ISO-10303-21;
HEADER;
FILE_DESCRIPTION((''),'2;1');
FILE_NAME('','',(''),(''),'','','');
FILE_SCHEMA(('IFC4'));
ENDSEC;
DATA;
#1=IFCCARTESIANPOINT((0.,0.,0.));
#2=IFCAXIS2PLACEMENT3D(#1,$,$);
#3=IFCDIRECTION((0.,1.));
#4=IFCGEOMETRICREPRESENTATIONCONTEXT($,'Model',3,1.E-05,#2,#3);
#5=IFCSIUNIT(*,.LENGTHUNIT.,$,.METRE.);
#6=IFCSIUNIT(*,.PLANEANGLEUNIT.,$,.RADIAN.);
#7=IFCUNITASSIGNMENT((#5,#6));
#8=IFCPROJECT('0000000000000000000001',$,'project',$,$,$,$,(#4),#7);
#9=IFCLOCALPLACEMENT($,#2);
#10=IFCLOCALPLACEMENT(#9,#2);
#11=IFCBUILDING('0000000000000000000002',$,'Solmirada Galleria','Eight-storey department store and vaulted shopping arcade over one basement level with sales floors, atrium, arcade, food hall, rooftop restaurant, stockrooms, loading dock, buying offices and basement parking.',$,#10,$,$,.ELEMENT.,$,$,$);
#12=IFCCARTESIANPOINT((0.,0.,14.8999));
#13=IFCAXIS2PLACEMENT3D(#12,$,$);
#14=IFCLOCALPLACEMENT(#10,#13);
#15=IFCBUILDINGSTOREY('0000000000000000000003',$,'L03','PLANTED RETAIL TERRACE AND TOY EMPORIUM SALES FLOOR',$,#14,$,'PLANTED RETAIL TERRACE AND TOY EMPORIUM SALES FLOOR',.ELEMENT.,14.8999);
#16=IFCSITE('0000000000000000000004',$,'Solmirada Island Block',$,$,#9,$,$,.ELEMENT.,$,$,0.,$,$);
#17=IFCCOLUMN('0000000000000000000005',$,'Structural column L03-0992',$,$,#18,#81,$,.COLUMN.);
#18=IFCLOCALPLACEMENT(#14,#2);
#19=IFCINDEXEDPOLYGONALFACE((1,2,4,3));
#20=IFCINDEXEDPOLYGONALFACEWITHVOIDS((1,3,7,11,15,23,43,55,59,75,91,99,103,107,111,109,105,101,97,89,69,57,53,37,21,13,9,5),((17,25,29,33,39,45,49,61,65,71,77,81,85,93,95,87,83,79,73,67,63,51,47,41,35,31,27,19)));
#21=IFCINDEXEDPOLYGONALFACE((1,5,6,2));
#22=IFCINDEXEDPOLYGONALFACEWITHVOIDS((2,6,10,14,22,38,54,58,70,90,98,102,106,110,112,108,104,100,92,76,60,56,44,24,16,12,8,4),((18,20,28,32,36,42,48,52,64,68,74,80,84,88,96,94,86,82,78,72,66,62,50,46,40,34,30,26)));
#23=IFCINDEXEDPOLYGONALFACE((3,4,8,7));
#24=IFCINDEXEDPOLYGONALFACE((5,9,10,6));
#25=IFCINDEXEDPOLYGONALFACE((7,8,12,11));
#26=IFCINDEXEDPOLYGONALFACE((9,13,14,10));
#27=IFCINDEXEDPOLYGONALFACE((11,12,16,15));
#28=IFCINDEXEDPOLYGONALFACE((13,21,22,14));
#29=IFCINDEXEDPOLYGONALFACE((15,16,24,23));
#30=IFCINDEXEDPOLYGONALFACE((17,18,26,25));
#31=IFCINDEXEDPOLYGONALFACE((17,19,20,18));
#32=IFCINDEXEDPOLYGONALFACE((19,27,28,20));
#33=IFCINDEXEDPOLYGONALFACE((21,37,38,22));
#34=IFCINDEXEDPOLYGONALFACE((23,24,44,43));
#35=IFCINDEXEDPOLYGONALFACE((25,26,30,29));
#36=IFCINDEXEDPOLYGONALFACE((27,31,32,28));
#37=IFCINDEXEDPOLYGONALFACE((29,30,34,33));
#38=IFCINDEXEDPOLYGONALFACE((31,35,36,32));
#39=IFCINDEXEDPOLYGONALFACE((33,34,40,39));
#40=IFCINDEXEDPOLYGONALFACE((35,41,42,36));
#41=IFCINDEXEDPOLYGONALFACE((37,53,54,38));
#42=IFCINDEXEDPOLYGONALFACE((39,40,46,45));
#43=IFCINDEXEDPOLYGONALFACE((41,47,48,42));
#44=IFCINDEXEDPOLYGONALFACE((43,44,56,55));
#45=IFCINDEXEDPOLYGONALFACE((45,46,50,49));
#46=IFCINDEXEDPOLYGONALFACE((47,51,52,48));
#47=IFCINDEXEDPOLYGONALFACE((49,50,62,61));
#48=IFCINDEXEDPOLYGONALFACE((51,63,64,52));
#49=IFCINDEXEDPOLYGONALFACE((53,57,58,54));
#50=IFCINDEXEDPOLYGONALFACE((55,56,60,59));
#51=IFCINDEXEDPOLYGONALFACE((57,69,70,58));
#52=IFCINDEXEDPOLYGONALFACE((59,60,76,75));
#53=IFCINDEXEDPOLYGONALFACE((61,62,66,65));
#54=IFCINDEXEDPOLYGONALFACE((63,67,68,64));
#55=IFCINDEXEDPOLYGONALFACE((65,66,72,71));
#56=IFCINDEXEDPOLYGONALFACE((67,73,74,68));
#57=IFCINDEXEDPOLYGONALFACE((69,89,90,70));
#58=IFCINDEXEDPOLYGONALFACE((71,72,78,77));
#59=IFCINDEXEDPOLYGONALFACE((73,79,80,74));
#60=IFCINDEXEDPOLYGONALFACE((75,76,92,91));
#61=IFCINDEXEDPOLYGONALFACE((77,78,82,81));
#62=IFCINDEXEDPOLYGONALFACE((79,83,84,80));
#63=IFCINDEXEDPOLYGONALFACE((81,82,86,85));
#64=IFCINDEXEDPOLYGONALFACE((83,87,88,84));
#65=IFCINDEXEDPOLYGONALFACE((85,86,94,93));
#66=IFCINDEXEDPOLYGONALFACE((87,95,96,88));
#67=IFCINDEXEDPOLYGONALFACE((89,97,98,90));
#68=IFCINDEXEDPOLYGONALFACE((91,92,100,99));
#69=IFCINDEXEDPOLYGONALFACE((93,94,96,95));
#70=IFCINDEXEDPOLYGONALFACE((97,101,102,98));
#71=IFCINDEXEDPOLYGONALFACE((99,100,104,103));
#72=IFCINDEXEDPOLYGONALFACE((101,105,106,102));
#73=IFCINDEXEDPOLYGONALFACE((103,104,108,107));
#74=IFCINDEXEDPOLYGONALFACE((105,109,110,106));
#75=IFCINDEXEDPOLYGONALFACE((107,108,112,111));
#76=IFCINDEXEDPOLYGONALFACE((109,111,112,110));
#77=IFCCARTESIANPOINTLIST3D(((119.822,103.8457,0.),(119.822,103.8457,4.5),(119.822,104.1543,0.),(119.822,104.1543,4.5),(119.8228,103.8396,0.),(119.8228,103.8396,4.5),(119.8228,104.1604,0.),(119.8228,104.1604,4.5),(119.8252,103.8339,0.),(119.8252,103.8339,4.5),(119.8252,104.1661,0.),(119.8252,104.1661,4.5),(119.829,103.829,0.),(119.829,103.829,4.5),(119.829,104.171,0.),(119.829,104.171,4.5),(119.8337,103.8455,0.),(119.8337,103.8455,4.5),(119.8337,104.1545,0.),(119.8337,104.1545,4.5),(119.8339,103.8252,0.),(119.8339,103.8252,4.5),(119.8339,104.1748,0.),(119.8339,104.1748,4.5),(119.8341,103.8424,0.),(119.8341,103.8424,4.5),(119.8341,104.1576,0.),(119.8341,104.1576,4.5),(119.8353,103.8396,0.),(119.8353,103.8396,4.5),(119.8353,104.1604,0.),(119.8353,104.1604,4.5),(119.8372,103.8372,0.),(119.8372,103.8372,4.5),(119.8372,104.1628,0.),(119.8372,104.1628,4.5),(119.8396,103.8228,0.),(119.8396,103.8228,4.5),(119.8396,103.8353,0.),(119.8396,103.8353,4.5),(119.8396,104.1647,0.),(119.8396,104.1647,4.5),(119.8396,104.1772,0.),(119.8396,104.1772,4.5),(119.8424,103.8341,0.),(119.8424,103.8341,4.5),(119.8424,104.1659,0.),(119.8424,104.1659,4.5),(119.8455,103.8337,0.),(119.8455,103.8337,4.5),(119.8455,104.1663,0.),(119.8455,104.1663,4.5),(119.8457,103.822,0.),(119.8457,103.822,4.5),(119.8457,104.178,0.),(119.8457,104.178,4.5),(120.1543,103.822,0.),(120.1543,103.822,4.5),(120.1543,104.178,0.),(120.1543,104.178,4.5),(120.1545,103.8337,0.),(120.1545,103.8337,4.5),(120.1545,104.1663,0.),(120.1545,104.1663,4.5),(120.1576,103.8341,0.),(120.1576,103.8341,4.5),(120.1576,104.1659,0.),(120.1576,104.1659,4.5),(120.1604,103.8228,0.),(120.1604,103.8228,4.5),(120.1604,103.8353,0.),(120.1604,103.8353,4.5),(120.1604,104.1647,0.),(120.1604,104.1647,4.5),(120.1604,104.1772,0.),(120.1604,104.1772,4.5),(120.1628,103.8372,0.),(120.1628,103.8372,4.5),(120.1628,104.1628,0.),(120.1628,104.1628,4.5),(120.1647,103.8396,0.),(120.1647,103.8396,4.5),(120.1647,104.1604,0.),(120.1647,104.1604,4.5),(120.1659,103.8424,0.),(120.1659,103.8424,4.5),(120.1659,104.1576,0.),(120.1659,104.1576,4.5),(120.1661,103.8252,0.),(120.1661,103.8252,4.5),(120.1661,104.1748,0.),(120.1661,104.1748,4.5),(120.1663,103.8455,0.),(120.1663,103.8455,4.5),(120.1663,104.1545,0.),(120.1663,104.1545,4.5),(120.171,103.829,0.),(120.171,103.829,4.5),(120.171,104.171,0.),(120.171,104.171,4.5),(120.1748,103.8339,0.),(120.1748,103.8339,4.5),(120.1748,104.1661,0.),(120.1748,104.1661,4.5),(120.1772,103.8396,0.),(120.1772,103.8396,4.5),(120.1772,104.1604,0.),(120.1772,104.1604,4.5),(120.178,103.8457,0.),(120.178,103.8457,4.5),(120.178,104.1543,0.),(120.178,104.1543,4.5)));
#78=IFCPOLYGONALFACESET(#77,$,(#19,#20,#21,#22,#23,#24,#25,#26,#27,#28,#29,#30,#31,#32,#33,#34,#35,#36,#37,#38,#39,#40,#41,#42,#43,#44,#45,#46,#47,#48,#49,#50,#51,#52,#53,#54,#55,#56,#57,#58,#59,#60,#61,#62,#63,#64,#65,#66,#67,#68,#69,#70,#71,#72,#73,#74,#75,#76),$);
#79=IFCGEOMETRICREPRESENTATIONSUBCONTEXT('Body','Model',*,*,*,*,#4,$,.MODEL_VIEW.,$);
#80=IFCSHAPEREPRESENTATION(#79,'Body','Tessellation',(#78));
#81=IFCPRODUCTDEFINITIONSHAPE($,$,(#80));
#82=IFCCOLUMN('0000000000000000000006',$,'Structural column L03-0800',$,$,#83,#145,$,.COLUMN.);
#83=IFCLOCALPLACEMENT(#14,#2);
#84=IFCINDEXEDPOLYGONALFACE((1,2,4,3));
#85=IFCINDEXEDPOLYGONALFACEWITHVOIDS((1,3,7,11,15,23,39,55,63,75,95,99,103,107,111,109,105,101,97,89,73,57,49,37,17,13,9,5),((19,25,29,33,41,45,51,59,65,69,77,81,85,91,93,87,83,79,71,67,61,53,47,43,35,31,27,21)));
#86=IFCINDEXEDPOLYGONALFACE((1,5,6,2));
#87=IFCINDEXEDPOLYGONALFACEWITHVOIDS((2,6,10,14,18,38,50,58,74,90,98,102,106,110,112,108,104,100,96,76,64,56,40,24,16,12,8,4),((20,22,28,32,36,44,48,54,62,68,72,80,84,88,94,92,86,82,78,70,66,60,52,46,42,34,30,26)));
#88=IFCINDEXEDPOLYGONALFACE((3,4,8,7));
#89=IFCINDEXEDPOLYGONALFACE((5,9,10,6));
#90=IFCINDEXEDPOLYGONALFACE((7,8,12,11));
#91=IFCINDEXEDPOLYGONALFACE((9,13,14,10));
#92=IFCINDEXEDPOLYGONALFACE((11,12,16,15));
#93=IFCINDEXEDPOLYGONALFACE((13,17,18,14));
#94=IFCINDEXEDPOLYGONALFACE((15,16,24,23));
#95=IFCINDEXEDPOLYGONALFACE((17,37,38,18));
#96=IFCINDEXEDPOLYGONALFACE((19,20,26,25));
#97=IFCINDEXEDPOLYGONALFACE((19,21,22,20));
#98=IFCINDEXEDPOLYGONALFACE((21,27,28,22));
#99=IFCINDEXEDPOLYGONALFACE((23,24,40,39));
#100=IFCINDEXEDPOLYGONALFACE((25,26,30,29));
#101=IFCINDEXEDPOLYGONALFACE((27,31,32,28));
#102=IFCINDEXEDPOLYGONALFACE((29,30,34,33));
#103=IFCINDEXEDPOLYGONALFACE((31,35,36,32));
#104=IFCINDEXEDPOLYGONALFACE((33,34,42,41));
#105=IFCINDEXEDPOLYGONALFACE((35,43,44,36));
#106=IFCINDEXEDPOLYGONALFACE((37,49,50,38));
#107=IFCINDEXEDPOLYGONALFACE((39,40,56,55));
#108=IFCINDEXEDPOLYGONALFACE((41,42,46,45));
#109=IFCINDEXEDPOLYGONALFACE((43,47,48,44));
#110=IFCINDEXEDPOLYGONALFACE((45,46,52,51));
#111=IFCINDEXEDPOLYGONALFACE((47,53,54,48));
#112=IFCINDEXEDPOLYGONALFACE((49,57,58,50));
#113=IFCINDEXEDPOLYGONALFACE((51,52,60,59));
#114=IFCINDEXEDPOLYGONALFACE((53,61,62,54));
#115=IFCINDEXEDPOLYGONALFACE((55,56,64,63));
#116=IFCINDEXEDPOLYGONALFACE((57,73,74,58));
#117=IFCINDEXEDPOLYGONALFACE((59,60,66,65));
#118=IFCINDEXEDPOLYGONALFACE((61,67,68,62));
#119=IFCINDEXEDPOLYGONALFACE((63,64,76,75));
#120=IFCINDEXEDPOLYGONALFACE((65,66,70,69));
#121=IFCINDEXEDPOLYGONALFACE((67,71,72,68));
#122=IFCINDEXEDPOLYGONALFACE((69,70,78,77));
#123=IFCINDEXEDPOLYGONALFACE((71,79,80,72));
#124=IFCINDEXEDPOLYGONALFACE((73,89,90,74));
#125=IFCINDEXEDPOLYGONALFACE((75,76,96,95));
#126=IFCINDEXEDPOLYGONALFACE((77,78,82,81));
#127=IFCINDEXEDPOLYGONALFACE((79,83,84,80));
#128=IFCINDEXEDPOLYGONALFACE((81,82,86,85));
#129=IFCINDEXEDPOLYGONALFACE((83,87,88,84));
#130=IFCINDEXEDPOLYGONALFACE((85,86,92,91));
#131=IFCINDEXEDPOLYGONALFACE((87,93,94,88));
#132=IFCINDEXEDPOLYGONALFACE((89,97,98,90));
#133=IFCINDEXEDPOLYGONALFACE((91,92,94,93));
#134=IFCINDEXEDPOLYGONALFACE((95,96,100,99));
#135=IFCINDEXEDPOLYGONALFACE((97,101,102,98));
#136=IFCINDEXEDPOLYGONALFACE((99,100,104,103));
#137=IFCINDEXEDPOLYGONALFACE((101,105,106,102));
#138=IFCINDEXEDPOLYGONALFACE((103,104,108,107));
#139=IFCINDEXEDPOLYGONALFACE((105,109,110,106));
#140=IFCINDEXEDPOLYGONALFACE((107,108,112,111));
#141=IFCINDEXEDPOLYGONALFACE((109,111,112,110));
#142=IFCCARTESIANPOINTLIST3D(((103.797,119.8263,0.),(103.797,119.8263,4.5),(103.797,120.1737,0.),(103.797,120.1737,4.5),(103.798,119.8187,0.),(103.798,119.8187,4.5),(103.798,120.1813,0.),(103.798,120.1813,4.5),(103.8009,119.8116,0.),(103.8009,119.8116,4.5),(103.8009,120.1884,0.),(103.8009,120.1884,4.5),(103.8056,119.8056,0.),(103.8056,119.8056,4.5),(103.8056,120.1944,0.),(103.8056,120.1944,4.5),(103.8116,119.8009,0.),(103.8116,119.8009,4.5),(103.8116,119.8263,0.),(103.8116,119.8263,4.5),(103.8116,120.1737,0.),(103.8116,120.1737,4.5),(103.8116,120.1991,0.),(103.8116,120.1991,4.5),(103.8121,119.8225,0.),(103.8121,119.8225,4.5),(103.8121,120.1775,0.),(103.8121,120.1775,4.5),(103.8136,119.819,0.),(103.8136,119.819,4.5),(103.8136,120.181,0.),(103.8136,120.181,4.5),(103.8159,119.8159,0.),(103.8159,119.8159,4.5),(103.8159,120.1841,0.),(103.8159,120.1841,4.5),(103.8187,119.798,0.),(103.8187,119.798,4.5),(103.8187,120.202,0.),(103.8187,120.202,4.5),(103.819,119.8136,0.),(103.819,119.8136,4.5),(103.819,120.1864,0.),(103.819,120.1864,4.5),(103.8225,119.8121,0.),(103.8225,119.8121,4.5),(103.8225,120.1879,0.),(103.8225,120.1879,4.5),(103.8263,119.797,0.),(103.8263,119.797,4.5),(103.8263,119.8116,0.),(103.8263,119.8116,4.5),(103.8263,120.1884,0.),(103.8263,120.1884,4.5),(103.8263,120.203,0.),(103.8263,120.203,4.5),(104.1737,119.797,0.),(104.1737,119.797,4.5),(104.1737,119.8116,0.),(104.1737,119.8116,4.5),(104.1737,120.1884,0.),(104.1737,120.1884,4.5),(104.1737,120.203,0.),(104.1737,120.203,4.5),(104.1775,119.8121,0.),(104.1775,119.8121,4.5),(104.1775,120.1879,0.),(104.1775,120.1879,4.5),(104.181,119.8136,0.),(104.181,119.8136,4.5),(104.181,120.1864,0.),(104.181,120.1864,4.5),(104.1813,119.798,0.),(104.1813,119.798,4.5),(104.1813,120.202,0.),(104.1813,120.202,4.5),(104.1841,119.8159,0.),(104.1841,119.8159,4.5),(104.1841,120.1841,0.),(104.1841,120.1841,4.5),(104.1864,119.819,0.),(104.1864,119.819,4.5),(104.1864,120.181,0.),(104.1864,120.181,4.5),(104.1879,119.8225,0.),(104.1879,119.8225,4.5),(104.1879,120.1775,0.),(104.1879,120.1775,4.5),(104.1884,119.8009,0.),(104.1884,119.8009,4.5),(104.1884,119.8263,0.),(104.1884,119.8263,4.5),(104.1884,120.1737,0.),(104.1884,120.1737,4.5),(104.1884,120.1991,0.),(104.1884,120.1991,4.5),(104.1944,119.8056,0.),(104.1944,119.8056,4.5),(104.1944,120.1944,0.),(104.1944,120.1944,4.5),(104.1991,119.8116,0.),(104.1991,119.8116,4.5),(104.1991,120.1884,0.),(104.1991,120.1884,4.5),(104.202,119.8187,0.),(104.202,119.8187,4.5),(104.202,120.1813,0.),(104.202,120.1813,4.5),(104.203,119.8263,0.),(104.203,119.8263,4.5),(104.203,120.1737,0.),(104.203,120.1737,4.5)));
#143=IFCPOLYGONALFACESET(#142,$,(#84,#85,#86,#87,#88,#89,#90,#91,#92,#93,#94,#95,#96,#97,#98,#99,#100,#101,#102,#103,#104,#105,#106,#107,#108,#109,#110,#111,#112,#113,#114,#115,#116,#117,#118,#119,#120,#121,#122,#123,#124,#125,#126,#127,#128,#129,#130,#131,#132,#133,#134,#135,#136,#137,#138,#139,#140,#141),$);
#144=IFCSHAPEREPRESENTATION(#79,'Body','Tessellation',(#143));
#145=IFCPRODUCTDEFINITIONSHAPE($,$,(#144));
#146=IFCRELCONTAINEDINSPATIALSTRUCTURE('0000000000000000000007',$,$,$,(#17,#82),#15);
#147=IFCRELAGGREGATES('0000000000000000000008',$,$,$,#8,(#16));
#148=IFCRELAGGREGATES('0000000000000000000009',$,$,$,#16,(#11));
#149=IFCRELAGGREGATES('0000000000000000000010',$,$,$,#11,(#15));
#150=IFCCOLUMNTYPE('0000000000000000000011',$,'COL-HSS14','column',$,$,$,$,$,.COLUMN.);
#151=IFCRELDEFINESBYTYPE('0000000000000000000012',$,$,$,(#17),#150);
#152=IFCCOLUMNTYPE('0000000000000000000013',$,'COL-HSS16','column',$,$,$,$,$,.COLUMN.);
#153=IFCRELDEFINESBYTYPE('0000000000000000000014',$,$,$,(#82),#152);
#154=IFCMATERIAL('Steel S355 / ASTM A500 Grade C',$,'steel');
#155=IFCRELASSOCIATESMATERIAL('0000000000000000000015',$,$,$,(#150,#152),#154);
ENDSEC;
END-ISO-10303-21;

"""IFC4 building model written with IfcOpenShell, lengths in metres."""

from ifc_helpers import new_model, si_unit, direction, frame, origin, origin_2d, place, context, subcontext, project, spatial, hollow_rectangle, extrude, material, material_profile, profile_set, type_object, element, save


model = new_model("IFC4")

# Units and contexts
model_context = context("Model", 3, precision=1e-05, world=origin(), true_north=direction((0.0, 1.0)))
body_context = subcontext(model_context, "Body", "Model", "MODEL_VIEW")
ifc_project = project(units=[si_unit("LENGTHUNIT", "METRE"), si_unit("PLANEANGLEUNIT", "RADIAN")], contexts=[model_context])

# Site, building, storey
site_placement = place(None, origin())
site = spatial("IfcSite", under=ifc_project, at=site_placement, Name="Solmirada Island Block", CompositionType="ELEMENT", RefElevation=0.0)
building_placement = place(site_placement, origin())
building = spatial("IfcBuilding", under=site, at=building_placement, Name="Solmirada Galleria", Description="Eight-storey department store and vaulted shopping arcade over one basement level with sales floors, atrium, arcade, food hall, rooftop restaurant, stockrooms, loading dock, buying offices and basement parking.", CompositionType="ELEMENT")
storey_placement = place(building_placement, frame((0.0, 0.0, 14.8999)))
storey = spatial("IfcBuildingStorey", under=building, at=storey_placement, Name="L03", Description="PLANTED RETAIL TERRACE AND TOY EMPORIUM SALES FLOOR", LongName="PLANTED RETAIL TERRACE AND TOY EMPORIUM SALES FLOOR", CompositionType="ELEMENT", Elevation=14.8999)

# Columns
ifc_material_1 = material(Name="Steel S355 / ASTM A500 Grade C", Category="steel")
ifc_material_profile_1 = material_profile(ifc_material_1, hollow_rectangle(XDim=0.356, YDim=0.356, WallThickness=0.0117, InnerFilletRadius=0.0117, OuterFilletRadius=0.0237, at=origin_2d()), Name="HSS14X14X1/2")
ifc_profile_set_1 = profile_set([ifc_material_profile_1], Name="Steel S355 / ASTM A500 Grade C")
column_type_1 = type_object("IfcColumnType", Name="COL-HSS14", Description="column", PredefinedType="COLUMN", material=ifc_profile_set_1)
column_placement = place(storey_placement, frame((120.0, 104.0, 0.0), z_axis=(0.0, 0.0, 1.0), x_axis=(1.0, 0.0, 0.0)))
element("IfcColumn", 1, at=column_placement, inside=storey, type_object=column_type_1, Name="Structural column L03-0992", PredefinedType="COLUMN", context=body_context, shape_type="SweptSolid", body=[
    extrude(hollow_rectangle(XDim=0.356, YDim=0.356, WallThickness=0.0117, InnerFilletRadius=0.0117, OuterFilletRadius=0.0237, at=origin_2d()), origin(), (0.0, 0.0, 1.0), 4.5),
])
ifc_material_profile_2 = material_profile(ifc_material_1, hollow_rectangle(XDim=0.406, YDim=0.406, WallThickness=0.0146, InnerFilletRadius=0.0146, OuterFilletRadius=0.0293, at=origin_2d()), Name="HSS16X16X5/8")
ifc_profile_set_2 = profile_set([ifc_material_profile_2], Name="Steel S355 / ASTM A500 Grade C")
column_type_2 = type_object("IfcColumnType", Name="COL-HSS16", Description="column", PredefinedType="COLUMN", material=ifc_profile_set_2)
for number, where, z_axis, x_axis, name in (
    (2, (104.0, 120.0, 0.0), (0.0, 0.0, 1.0), (1.0, 0.0, 0.0), "Structural column L03-0800"),
):
    element("IfcColumn", number, at=place(storey_placement, frame(where, z_axis=z_axis, x_axis=x_axis)), inside=storey, type_object=column_type_2, Name=name, PredefinedType="COLUMN", context=body_context, shape_type="SweptSolid", body=[
        extrude(hollow_rectangle(XDim=0.406, YDim=0.406, WallThickness=0.0146, InnerFilletRadius=0.0146, OuterFilletRadius=0.0293, at=origin_2d()), origin(), (0.0, 0.0, 1.0), 4.5),
    ])

save(model, "model.ifc")
